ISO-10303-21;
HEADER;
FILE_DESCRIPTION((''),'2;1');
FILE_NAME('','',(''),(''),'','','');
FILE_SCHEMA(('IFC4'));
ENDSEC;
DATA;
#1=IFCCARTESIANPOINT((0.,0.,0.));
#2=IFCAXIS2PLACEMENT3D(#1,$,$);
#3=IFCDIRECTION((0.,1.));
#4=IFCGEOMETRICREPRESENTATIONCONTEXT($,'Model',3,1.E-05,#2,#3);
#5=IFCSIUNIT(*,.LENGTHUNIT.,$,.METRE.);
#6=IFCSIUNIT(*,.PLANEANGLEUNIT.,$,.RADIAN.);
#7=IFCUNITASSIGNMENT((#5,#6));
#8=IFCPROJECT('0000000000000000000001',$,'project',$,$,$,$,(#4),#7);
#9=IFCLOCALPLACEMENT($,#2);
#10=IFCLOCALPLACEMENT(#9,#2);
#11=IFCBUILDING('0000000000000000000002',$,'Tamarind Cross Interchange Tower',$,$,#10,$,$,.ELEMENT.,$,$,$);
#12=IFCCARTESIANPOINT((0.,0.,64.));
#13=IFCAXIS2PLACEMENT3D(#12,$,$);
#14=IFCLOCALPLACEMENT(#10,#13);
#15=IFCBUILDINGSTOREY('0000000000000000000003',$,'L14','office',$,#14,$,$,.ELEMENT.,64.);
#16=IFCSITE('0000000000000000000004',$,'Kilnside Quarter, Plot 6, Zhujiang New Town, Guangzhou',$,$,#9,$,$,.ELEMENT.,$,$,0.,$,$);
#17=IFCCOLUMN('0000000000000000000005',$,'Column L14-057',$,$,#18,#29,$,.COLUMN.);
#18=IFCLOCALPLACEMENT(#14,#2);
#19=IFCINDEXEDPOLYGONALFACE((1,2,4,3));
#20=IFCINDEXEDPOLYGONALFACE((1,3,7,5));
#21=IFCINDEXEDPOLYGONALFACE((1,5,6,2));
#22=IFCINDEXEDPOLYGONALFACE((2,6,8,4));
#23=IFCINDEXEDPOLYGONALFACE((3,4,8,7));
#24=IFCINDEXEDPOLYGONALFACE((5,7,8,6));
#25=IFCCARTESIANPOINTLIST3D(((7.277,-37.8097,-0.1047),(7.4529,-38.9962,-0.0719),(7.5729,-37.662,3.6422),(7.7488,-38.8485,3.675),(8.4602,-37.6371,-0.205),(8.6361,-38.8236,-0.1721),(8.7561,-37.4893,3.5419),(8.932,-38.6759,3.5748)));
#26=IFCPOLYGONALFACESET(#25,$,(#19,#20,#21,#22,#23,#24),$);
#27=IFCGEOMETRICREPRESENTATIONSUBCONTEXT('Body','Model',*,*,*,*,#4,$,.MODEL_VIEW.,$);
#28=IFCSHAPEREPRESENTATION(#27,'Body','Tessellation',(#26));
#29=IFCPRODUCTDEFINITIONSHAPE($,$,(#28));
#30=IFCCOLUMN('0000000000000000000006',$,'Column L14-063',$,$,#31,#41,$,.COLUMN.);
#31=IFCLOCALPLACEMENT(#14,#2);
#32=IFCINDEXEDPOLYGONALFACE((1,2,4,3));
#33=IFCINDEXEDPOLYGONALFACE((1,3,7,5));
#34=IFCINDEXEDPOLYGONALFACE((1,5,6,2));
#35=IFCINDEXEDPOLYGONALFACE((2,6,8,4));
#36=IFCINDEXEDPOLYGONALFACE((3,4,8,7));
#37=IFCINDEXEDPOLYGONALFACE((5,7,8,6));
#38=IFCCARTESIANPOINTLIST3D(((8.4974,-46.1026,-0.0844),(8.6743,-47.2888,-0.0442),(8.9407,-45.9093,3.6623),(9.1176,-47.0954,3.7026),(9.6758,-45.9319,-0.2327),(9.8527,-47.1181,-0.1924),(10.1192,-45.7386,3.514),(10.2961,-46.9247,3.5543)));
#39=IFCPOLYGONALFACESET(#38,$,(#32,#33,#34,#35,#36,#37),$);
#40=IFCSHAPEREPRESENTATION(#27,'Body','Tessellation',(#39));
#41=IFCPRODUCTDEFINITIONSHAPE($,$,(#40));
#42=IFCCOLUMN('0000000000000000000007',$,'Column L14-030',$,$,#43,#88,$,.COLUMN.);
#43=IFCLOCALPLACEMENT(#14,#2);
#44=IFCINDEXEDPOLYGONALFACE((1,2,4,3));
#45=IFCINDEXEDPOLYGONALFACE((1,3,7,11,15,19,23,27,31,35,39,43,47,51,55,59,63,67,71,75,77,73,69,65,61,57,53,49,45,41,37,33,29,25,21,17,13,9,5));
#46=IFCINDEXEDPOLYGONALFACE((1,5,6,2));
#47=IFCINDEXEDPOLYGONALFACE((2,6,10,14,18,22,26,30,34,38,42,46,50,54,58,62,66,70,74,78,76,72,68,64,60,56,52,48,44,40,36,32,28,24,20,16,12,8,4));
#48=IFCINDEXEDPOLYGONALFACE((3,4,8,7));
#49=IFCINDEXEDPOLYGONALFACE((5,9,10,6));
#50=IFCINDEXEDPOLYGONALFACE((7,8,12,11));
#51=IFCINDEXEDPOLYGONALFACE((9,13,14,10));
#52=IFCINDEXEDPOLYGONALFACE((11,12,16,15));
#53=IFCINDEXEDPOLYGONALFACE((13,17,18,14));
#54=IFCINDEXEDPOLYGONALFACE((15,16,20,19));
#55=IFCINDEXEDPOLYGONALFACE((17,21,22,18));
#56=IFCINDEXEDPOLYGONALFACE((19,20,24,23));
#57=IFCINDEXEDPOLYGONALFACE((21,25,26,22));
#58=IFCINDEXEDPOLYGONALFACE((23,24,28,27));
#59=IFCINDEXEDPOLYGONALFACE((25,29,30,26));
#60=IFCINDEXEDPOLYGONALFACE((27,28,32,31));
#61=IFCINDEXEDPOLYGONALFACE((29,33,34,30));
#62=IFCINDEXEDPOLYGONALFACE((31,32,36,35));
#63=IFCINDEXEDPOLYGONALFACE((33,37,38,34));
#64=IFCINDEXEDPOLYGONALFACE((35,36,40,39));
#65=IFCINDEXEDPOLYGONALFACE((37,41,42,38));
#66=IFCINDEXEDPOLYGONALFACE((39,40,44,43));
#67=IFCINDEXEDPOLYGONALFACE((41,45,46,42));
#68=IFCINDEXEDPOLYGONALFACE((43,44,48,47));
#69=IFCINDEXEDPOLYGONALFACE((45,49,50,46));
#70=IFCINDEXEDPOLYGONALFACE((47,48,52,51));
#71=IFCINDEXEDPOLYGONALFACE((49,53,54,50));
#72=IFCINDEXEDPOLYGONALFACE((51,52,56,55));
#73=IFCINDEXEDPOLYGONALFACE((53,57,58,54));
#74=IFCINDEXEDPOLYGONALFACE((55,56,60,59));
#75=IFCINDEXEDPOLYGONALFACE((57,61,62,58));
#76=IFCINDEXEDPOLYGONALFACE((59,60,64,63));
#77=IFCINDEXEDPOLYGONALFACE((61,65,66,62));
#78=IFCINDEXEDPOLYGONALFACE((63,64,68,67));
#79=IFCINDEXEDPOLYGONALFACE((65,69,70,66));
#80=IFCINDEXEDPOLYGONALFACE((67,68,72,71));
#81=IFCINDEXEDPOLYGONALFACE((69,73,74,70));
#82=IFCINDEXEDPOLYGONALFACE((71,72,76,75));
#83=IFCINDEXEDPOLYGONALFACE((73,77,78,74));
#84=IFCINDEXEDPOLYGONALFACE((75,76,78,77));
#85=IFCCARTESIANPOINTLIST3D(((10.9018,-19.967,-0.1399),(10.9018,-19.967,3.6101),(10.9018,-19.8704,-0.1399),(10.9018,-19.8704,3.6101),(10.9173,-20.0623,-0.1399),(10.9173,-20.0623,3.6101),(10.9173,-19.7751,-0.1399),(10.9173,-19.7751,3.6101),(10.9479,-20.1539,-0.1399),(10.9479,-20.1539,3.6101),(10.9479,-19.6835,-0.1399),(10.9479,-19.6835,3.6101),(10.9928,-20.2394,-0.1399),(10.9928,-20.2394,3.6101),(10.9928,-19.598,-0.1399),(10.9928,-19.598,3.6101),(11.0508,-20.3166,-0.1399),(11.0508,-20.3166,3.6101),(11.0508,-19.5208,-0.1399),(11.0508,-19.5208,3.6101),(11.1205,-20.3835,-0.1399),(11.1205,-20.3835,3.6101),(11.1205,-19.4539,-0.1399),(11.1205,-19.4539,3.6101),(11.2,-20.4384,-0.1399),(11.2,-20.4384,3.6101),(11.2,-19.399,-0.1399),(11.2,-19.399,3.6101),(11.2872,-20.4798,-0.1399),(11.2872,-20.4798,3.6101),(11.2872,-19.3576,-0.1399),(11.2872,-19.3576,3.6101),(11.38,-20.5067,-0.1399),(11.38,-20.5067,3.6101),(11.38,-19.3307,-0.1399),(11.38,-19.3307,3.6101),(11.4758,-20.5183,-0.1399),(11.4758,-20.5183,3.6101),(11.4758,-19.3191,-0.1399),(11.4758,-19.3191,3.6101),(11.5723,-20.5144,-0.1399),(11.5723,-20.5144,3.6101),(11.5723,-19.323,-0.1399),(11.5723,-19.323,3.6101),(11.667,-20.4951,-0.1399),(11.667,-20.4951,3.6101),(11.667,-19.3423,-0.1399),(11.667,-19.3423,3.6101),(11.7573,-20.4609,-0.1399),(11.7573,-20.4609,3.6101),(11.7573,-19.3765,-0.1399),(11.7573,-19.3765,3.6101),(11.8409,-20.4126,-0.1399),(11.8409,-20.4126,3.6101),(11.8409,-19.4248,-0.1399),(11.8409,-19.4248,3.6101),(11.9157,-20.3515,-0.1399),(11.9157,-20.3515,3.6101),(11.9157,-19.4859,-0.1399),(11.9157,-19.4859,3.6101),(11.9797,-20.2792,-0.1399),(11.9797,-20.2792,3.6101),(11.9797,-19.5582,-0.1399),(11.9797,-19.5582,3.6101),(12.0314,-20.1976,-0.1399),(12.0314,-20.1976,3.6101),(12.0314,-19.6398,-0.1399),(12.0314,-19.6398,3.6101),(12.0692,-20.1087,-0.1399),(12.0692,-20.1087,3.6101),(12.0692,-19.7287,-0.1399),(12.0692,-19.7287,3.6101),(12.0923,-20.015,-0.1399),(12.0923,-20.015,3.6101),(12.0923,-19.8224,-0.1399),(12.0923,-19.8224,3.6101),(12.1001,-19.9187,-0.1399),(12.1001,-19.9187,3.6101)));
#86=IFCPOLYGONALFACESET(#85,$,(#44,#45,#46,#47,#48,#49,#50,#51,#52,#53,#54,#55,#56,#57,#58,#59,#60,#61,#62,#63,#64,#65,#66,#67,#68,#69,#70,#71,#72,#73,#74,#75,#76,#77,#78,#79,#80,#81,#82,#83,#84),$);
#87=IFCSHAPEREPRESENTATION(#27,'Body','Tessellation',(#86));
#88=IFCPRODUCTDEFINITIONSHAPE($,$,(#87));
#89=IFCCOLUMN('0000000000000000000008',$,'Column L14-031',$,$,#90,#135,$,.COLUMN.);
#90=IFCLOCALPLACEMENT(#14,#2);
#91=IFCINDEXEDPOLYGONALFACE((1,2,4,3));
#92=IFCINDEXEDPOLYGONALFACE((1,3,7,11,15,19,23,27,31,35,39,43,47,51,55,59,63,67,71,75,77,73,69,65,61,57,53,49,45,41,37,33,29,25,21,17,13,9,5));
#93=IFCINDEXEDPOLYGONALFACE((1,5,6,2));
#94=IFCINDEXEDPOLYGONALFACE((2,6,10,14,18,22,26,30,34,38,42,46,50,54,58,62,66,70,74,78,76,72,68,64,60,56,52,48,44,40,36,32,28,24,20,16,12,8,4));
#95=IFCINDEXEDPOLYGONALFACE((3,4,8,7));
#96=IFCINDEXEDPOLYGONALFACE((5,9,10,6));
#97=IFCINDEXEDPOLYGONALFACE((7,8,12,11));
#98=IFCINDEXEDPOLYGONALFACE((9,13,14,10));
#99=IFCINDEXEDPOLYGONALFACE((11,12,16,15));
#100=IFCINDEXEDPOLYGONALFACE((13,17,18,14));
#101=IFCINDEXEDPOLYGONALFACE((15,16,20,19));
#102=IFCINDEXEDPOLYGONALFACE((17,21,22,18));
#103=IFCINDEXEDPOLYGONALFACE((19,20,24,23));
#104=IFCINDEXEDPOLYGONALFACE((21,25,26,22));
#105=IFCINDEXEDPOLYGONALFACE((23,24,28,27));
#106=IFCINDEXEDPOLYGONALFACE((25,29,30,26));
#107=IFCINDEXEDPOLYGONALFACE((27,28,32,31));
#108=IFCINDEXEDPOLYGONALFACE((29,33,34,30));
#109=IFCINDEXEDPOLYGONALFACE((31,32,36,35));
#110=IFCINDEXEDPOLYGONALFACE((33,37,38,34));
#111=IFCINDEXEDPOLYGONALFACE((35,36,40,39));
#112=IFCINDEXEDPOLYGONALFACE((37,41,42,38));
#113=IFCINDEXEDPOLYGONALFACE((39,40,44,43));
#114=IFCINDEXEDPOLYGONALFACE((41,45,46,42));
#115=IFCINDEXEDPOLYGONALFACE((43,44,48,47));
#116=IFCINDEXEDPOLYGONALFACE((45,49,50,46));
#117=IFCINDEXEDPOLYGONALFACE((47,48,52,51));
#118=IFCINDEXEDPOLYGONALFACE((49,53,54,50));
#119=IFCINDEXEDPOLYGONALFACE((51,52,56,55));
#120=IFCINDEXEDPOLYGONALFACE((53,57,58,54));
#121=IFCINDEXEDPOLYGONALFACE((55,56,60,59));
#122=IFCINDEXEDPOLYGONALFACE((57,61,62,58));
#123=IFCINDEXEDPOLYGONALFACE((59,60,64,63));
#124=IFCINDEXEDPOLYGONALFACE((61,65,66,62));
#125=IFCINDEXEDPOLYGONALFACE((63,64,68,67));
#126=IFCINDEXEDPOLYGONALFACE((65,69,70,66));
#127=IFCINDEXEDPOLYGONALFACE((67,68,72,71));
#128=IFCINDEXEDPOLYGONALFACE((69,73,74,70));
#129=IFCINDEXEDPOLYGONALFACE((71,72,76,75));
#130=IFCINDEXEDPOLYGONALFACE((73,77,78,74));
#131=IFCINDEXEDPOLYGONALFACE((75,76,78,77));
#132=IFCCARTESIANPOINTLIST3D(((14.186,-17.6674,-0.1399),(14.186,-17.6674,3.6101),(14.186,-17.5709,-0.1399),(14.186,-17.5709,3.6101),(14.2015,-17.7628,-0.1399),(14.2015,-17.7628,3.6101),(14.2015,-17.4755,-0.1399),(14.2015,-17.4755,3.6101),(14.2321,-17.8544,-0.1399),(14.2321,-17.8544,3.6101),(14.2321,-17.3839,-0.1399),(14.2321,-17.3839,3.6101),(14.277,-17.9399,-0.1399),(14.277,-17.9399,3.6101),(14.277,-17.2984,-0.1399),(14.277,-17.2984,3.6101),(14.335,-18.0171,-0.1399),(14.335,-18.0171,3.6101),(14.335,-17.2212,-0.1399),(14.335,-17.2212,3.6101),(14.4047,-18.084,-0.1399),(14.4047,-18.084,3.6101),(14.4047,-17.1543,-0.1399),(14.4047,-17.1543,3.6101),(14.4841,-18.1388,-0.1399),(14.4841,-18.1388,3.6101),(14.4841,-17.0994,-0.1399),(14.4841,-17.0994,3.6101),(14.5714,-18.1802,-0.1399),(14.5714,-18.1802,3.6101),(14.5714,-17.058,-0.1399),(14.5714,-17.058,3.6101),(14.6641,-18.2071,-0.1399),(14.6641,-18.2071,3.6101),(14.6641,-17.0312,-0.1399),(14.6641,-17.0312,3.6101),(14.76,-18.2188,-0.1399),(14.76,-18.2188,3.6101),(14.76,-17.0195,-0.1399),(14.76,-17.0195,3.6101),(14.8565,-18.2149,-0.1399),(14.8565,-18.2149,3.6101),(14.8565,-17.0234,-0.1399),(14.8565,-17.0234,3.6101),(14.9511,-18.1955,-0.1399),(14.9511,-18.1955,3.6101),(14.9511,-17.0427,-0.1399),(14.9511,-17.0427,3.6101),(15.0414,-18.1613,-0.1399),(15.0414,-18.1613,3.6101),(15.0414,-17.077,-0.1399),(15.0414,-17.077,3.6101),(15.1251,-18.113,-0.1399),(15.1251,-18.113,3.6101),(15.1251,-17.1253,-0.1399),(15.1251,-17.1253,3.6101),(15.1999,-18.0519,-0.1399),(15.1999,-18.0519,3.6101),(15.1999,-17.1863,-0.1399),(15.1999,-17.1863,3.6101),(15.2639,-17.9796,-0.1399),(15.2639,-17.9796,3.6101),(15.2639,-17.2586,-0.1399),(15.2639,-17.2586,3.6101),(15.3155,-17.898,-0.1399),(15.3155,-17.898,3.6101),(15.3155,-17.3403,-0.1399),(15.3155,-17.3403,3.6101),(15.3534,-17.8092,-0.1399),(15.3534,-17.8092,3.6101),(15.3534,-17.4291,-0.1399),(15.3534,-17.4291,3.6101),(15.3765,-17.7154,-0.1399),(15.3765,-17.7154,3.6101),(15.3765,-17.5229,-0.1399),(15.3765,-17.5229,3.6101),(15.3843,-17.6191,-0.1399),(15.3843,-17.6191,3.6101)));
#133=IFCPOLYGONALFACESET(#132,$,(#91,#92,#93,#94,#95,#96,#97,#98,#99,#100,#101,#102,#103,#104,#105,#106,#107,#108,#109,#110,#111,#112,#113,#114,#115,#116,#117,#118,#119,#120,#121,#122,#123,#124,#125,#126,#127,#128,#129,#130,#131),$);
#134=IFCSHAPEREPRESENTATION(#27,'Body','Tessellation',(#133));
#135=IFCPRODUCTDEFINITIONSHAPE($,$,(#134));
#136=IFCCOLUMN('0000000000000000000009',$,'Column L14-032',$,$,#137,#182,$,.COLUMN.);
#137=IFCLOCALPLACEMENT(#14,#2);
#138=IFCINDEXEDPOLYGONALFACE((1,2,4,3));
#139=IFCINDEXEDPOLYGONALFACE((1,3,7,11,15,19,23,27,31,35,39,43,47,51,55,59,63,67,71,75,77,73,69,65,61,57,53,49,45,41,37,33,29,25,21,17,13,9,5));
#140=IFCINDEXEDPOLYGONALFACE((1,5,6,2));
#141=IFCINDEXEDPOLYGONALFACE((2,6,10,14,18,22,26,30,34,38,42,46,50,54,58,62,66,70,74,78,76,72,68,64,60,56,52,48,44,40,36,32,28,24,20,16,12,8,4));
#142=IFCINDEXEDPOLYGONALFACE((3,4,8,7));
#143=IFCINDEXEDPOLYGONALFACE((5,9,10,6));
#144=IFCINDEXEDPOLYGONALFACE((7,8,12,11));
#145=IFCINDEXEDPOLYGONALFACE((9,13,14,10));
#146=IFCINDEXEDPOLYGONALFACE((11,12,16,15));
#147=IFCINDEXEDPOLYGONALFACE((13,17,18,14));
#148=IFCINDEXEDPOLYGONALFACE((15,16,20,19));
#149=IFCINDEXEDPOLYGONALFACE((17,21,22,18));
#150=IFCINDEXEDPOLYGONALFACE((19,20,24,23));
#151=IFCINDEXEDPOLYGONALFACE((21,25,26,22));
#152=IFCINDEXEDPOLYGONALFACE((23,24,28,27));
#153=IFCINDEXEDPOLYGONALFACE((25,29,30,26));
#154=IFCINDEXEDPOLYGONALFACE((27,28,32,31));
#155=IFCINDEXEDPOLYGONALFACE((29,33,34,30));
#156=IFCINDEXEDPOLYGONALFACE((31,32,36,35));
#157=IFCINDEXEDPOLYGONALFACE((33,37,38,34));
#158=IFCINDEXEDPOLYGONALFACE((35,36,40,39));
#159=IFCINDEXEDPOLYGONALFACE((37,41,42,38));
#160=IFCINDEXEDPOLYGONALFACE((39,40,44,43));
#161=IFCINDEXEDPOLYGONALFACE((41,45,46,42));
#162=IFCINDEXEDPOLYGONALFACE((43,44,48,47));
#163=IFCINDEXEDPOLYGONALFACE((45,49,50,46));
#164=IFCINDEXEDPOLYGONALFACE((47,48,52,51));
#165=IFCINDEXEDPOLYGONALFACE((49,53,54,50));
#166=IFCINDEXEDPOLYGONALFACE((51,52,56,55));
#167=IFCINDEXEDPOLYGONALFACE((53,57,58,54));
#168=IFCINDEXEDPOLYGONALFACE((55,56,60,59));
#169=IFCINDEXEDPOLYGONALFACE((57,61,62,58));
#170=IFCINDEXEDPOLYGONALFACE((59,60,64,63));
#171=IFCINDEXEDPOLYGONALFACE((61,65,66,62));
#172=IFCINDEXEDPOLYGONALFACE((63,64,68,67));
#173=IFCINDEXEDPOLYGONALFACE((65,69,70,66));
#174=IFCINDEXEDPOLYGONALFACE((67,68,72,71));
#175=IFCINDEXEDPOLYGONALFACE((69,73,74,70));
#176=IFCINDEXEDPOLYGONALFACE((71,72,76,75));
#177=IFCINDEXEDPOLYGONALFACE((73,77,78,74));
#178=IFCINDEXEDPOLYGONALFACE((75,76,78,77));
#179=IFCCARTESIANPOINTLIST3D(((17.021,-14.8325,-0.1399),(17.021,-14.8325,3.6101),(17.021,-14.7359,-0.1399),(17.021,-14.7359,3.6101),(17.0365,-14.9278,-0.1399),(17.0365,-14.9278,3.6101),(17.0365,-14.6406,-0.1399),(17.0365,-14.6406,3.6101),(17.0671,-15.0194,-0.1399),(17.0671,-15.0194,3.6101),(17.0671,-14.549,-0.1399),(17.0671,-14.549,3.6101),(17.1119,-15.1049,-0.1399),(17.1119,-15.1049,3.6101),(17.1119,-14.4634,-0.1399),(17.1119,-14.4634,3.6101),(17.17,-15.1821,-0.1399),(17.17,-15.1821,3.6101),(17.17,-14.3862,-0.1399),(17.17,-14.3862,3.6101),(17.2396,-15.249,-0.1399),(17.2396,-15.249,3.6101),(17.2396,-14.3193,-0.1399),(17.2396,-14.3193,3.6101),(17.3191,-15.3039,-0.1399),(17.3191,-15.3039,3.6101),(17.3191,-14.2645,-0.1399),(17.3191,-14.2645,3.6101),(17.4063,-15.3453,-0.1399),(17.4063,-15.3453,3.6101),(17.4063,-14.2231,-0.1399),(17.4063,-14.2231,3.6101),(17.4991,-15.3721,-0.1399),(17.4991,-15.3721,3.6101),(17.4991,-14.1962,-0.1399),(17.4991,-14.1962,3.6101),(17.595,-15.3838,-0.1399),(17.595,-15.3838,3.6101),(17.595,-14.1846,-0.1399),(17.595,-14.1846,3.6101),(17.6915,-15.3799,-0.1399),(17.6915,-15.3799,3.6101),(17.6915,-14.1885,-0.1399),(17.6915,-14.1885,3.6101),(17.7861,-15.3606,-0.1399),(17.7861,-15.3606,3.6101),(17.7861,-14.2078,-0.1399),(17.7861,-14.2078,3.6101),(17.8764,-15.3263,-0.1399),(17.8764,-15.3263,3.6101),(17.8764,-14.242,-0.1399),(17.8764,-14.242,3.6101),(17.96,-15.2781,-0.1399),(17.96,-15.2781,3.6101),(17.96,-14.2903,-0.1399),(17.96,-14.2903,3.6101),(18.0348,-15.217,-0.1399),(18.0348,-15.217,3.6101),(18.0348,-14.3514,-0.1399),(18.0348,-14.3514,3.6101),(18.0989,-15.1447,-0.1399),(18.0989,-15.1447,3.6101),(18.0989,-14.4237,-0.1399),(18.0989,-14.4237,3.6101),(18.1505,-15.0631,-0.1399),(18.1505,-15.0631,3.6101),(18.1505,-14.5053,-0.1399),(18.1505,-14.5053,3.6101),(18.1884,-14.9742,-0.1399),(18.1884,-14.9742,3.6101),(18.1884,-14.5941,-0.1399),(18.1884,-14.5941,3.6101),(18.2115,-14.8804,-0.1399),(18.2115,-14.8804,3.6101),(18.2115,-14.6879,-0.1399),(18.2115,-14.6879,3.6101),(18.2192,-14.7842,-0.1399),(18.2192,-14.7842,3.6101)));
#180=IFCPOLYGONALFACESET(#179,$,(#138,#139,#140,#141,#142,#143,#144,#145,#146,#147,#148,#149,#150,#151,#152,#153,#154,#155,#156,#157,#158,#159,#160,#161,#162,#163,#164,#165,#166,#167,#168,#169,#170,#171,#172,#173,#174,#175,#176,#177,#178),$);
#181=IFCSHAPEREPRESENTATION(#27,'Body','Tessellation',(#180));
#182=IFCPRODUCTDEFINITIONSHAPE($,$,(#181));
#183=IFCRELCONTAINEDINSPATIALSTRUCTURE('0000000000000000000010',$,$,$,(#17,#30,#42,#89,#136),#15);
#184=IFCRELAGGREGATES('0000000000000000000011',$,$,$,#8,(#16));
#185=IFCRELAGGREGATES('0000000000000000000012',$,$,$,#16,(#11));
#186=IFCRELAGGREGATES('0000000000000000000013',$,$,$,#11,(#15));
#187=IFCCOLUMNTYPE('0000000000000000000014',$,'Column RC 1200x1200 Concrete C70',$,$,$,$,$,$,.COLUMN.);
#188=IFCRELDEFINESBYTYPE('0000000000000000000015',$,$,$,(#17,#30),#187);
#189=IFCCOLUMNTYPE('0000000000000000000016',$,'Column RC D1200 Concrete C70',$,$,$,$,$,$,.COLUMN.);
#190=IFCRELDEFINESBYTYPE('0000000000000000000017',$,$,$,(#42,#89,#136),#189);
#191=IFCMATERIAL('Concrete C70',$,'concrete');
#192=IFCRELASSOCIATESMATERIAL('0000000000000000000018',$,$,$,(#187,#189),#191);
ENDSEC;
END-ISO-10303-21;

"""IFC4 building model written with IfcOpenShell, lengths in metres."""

from ifc_helpers import new_model, si_unit, direction, frame, origin, origin_2d, place, context, subcontext, project, spatial, rectangle, circle, extrude, material, material_profile, profile_set, type_object, element, save


model = new_model("IFC4")

# Units and contexts
model_context = context("Model", 3, precision=1e-05, world=origin(), true_north=direction((0.0, 1.0)))
body_context = subcontext(model_context, "Body", "Model", "MODEL_VIEW")
ifc_project = project(units=[si_unit("LENGTHUNIT", "METRE"), si_unit("PLANEANGLEUNIT", "RADIAN")], contexts=[model_context])

# Site, building, storey
site_placement = place(None, origin())
site = spatial("IfcSite", under=ifc_project, at=site_placement, Name="Kilnside Quarter, Plot 6, Zhujiang New Town, Guangzhou", CompositionType="ELEMENT", RefElevation=0.0)
building_placement = place(site_placement, origin())
building = spatial("IfcBuilding", under=site, at=building_placement, Name="Tamarind Cross Interchange Tower", CompositionType="ELEMENT")
storey_placement = place(building_placement, frame((0.0, 0.0, 64.0)))
storey = spatial("IfcBuildingStorey", under=building, at=storey_placement, Name="L14", Description="office", CompositionType="ELEMENT", Elevation=64.0)

# Columns
ifc_material_1 = material(Name="Concrete C70", Category="concrete")
ifc_material_profile_1 = material_profile(ifc_material_1, rectangle(XDim=1.2, YDim=1.2, at=origin_2d()), Name="RC 1200x1200")
ifc_profile_set_1 = profile_set([ifc_material_profile_1], Name="Concrete C70")
column_type_1 = type_object("IfcColumnType", Name="Column RC 1200x1200 Concrete C70", PredefinedType="COLUMN", material=ifc_profile_set_1)
column_1_placement = place(storey_placement, frame((7.9565, -38.3167, -0.1384), z_axis=(0.078667, 0.039269, 0.996127), x_axis=(-0.98606, -0.143893, 0.083545)))
element("IfcColumn", 1, at=column_1_placement, inside=storey, type_object=column_type_1, Name="Column L14-057", PredefinedType="COLUMN", context=body_context, shape_type="SweptSolid", body=[
    extrude(rectangle(XDim=1.2, YDim=1.2, at=origin_2d()), origin(), (0.0, 0.0, 1.0), 3.7615),
])
column_2_placement = place(storey_placement, frame((9.175, -46.6104, -0.1384), z_axis=(0.117355, 0.051181, 0.99177), x_axis=(-0.982087, -0.14227, 0.123552)))
element("IfcColumn", 2, at=column_2_placement, inside=storey, type_object=column_type_1, Name="Column L14-063", PredefinedType="COLUMN", context=body_context, shape_type="SweptSolid", body=[
    extrude(rectangle(XDim=1.2, YDim=1.2, at=origin_2d()), origin(), (0.0, 0.0, 1.0), 3.7778),
])
ifc_material_profile_2 = material_profile(ifc_material_1, circle(Radius=0.6001, at=origin_2d()), Name="RC D1200")
ifc_profile_set_2 = profile_set([ifc_material_profile_2], Name="Concrete C70")
column_type_2 = type_object("IfcColumnType", Name="Column RC D1200 Concrete C70", PredefinedType="COLUMN", material=ifc_profile_set_2)
for number, where, z_axis, x_axis, name in (
    (3, (11.5, -19.9187, -0.1399), (0.0, 0.0, 1.0), (1.0, 0.0, 0.0), "Column L14-030"),
    (4, (14.7842, -17.6191, -0.1399), (0.0, 0.0, 1.0), (1.0, 0.0, 0.0), "Column L14-031"),
    (5, (17.6191, -14.7842, -0.1399), (0.0, 0.0, 1.0), (1.0, 0.0, 0.0), "Column L14-032"),
):
    element("IfcColumn", number, at=place(storey_placement, frame(where, z_axis=z_axis, x_axis=x_axis)), inside=storey, type_object=column_type_2, Name=name, PredefinedType="COLUMN", context=body_context, shape_type="SweptSolid", body=[
        extrude(circle(Radius=0.6001, at=origin_2d()), origin(), (0.0, 0.0, 1.0), 3.75),
    ])

save(model, "model.ifc")
